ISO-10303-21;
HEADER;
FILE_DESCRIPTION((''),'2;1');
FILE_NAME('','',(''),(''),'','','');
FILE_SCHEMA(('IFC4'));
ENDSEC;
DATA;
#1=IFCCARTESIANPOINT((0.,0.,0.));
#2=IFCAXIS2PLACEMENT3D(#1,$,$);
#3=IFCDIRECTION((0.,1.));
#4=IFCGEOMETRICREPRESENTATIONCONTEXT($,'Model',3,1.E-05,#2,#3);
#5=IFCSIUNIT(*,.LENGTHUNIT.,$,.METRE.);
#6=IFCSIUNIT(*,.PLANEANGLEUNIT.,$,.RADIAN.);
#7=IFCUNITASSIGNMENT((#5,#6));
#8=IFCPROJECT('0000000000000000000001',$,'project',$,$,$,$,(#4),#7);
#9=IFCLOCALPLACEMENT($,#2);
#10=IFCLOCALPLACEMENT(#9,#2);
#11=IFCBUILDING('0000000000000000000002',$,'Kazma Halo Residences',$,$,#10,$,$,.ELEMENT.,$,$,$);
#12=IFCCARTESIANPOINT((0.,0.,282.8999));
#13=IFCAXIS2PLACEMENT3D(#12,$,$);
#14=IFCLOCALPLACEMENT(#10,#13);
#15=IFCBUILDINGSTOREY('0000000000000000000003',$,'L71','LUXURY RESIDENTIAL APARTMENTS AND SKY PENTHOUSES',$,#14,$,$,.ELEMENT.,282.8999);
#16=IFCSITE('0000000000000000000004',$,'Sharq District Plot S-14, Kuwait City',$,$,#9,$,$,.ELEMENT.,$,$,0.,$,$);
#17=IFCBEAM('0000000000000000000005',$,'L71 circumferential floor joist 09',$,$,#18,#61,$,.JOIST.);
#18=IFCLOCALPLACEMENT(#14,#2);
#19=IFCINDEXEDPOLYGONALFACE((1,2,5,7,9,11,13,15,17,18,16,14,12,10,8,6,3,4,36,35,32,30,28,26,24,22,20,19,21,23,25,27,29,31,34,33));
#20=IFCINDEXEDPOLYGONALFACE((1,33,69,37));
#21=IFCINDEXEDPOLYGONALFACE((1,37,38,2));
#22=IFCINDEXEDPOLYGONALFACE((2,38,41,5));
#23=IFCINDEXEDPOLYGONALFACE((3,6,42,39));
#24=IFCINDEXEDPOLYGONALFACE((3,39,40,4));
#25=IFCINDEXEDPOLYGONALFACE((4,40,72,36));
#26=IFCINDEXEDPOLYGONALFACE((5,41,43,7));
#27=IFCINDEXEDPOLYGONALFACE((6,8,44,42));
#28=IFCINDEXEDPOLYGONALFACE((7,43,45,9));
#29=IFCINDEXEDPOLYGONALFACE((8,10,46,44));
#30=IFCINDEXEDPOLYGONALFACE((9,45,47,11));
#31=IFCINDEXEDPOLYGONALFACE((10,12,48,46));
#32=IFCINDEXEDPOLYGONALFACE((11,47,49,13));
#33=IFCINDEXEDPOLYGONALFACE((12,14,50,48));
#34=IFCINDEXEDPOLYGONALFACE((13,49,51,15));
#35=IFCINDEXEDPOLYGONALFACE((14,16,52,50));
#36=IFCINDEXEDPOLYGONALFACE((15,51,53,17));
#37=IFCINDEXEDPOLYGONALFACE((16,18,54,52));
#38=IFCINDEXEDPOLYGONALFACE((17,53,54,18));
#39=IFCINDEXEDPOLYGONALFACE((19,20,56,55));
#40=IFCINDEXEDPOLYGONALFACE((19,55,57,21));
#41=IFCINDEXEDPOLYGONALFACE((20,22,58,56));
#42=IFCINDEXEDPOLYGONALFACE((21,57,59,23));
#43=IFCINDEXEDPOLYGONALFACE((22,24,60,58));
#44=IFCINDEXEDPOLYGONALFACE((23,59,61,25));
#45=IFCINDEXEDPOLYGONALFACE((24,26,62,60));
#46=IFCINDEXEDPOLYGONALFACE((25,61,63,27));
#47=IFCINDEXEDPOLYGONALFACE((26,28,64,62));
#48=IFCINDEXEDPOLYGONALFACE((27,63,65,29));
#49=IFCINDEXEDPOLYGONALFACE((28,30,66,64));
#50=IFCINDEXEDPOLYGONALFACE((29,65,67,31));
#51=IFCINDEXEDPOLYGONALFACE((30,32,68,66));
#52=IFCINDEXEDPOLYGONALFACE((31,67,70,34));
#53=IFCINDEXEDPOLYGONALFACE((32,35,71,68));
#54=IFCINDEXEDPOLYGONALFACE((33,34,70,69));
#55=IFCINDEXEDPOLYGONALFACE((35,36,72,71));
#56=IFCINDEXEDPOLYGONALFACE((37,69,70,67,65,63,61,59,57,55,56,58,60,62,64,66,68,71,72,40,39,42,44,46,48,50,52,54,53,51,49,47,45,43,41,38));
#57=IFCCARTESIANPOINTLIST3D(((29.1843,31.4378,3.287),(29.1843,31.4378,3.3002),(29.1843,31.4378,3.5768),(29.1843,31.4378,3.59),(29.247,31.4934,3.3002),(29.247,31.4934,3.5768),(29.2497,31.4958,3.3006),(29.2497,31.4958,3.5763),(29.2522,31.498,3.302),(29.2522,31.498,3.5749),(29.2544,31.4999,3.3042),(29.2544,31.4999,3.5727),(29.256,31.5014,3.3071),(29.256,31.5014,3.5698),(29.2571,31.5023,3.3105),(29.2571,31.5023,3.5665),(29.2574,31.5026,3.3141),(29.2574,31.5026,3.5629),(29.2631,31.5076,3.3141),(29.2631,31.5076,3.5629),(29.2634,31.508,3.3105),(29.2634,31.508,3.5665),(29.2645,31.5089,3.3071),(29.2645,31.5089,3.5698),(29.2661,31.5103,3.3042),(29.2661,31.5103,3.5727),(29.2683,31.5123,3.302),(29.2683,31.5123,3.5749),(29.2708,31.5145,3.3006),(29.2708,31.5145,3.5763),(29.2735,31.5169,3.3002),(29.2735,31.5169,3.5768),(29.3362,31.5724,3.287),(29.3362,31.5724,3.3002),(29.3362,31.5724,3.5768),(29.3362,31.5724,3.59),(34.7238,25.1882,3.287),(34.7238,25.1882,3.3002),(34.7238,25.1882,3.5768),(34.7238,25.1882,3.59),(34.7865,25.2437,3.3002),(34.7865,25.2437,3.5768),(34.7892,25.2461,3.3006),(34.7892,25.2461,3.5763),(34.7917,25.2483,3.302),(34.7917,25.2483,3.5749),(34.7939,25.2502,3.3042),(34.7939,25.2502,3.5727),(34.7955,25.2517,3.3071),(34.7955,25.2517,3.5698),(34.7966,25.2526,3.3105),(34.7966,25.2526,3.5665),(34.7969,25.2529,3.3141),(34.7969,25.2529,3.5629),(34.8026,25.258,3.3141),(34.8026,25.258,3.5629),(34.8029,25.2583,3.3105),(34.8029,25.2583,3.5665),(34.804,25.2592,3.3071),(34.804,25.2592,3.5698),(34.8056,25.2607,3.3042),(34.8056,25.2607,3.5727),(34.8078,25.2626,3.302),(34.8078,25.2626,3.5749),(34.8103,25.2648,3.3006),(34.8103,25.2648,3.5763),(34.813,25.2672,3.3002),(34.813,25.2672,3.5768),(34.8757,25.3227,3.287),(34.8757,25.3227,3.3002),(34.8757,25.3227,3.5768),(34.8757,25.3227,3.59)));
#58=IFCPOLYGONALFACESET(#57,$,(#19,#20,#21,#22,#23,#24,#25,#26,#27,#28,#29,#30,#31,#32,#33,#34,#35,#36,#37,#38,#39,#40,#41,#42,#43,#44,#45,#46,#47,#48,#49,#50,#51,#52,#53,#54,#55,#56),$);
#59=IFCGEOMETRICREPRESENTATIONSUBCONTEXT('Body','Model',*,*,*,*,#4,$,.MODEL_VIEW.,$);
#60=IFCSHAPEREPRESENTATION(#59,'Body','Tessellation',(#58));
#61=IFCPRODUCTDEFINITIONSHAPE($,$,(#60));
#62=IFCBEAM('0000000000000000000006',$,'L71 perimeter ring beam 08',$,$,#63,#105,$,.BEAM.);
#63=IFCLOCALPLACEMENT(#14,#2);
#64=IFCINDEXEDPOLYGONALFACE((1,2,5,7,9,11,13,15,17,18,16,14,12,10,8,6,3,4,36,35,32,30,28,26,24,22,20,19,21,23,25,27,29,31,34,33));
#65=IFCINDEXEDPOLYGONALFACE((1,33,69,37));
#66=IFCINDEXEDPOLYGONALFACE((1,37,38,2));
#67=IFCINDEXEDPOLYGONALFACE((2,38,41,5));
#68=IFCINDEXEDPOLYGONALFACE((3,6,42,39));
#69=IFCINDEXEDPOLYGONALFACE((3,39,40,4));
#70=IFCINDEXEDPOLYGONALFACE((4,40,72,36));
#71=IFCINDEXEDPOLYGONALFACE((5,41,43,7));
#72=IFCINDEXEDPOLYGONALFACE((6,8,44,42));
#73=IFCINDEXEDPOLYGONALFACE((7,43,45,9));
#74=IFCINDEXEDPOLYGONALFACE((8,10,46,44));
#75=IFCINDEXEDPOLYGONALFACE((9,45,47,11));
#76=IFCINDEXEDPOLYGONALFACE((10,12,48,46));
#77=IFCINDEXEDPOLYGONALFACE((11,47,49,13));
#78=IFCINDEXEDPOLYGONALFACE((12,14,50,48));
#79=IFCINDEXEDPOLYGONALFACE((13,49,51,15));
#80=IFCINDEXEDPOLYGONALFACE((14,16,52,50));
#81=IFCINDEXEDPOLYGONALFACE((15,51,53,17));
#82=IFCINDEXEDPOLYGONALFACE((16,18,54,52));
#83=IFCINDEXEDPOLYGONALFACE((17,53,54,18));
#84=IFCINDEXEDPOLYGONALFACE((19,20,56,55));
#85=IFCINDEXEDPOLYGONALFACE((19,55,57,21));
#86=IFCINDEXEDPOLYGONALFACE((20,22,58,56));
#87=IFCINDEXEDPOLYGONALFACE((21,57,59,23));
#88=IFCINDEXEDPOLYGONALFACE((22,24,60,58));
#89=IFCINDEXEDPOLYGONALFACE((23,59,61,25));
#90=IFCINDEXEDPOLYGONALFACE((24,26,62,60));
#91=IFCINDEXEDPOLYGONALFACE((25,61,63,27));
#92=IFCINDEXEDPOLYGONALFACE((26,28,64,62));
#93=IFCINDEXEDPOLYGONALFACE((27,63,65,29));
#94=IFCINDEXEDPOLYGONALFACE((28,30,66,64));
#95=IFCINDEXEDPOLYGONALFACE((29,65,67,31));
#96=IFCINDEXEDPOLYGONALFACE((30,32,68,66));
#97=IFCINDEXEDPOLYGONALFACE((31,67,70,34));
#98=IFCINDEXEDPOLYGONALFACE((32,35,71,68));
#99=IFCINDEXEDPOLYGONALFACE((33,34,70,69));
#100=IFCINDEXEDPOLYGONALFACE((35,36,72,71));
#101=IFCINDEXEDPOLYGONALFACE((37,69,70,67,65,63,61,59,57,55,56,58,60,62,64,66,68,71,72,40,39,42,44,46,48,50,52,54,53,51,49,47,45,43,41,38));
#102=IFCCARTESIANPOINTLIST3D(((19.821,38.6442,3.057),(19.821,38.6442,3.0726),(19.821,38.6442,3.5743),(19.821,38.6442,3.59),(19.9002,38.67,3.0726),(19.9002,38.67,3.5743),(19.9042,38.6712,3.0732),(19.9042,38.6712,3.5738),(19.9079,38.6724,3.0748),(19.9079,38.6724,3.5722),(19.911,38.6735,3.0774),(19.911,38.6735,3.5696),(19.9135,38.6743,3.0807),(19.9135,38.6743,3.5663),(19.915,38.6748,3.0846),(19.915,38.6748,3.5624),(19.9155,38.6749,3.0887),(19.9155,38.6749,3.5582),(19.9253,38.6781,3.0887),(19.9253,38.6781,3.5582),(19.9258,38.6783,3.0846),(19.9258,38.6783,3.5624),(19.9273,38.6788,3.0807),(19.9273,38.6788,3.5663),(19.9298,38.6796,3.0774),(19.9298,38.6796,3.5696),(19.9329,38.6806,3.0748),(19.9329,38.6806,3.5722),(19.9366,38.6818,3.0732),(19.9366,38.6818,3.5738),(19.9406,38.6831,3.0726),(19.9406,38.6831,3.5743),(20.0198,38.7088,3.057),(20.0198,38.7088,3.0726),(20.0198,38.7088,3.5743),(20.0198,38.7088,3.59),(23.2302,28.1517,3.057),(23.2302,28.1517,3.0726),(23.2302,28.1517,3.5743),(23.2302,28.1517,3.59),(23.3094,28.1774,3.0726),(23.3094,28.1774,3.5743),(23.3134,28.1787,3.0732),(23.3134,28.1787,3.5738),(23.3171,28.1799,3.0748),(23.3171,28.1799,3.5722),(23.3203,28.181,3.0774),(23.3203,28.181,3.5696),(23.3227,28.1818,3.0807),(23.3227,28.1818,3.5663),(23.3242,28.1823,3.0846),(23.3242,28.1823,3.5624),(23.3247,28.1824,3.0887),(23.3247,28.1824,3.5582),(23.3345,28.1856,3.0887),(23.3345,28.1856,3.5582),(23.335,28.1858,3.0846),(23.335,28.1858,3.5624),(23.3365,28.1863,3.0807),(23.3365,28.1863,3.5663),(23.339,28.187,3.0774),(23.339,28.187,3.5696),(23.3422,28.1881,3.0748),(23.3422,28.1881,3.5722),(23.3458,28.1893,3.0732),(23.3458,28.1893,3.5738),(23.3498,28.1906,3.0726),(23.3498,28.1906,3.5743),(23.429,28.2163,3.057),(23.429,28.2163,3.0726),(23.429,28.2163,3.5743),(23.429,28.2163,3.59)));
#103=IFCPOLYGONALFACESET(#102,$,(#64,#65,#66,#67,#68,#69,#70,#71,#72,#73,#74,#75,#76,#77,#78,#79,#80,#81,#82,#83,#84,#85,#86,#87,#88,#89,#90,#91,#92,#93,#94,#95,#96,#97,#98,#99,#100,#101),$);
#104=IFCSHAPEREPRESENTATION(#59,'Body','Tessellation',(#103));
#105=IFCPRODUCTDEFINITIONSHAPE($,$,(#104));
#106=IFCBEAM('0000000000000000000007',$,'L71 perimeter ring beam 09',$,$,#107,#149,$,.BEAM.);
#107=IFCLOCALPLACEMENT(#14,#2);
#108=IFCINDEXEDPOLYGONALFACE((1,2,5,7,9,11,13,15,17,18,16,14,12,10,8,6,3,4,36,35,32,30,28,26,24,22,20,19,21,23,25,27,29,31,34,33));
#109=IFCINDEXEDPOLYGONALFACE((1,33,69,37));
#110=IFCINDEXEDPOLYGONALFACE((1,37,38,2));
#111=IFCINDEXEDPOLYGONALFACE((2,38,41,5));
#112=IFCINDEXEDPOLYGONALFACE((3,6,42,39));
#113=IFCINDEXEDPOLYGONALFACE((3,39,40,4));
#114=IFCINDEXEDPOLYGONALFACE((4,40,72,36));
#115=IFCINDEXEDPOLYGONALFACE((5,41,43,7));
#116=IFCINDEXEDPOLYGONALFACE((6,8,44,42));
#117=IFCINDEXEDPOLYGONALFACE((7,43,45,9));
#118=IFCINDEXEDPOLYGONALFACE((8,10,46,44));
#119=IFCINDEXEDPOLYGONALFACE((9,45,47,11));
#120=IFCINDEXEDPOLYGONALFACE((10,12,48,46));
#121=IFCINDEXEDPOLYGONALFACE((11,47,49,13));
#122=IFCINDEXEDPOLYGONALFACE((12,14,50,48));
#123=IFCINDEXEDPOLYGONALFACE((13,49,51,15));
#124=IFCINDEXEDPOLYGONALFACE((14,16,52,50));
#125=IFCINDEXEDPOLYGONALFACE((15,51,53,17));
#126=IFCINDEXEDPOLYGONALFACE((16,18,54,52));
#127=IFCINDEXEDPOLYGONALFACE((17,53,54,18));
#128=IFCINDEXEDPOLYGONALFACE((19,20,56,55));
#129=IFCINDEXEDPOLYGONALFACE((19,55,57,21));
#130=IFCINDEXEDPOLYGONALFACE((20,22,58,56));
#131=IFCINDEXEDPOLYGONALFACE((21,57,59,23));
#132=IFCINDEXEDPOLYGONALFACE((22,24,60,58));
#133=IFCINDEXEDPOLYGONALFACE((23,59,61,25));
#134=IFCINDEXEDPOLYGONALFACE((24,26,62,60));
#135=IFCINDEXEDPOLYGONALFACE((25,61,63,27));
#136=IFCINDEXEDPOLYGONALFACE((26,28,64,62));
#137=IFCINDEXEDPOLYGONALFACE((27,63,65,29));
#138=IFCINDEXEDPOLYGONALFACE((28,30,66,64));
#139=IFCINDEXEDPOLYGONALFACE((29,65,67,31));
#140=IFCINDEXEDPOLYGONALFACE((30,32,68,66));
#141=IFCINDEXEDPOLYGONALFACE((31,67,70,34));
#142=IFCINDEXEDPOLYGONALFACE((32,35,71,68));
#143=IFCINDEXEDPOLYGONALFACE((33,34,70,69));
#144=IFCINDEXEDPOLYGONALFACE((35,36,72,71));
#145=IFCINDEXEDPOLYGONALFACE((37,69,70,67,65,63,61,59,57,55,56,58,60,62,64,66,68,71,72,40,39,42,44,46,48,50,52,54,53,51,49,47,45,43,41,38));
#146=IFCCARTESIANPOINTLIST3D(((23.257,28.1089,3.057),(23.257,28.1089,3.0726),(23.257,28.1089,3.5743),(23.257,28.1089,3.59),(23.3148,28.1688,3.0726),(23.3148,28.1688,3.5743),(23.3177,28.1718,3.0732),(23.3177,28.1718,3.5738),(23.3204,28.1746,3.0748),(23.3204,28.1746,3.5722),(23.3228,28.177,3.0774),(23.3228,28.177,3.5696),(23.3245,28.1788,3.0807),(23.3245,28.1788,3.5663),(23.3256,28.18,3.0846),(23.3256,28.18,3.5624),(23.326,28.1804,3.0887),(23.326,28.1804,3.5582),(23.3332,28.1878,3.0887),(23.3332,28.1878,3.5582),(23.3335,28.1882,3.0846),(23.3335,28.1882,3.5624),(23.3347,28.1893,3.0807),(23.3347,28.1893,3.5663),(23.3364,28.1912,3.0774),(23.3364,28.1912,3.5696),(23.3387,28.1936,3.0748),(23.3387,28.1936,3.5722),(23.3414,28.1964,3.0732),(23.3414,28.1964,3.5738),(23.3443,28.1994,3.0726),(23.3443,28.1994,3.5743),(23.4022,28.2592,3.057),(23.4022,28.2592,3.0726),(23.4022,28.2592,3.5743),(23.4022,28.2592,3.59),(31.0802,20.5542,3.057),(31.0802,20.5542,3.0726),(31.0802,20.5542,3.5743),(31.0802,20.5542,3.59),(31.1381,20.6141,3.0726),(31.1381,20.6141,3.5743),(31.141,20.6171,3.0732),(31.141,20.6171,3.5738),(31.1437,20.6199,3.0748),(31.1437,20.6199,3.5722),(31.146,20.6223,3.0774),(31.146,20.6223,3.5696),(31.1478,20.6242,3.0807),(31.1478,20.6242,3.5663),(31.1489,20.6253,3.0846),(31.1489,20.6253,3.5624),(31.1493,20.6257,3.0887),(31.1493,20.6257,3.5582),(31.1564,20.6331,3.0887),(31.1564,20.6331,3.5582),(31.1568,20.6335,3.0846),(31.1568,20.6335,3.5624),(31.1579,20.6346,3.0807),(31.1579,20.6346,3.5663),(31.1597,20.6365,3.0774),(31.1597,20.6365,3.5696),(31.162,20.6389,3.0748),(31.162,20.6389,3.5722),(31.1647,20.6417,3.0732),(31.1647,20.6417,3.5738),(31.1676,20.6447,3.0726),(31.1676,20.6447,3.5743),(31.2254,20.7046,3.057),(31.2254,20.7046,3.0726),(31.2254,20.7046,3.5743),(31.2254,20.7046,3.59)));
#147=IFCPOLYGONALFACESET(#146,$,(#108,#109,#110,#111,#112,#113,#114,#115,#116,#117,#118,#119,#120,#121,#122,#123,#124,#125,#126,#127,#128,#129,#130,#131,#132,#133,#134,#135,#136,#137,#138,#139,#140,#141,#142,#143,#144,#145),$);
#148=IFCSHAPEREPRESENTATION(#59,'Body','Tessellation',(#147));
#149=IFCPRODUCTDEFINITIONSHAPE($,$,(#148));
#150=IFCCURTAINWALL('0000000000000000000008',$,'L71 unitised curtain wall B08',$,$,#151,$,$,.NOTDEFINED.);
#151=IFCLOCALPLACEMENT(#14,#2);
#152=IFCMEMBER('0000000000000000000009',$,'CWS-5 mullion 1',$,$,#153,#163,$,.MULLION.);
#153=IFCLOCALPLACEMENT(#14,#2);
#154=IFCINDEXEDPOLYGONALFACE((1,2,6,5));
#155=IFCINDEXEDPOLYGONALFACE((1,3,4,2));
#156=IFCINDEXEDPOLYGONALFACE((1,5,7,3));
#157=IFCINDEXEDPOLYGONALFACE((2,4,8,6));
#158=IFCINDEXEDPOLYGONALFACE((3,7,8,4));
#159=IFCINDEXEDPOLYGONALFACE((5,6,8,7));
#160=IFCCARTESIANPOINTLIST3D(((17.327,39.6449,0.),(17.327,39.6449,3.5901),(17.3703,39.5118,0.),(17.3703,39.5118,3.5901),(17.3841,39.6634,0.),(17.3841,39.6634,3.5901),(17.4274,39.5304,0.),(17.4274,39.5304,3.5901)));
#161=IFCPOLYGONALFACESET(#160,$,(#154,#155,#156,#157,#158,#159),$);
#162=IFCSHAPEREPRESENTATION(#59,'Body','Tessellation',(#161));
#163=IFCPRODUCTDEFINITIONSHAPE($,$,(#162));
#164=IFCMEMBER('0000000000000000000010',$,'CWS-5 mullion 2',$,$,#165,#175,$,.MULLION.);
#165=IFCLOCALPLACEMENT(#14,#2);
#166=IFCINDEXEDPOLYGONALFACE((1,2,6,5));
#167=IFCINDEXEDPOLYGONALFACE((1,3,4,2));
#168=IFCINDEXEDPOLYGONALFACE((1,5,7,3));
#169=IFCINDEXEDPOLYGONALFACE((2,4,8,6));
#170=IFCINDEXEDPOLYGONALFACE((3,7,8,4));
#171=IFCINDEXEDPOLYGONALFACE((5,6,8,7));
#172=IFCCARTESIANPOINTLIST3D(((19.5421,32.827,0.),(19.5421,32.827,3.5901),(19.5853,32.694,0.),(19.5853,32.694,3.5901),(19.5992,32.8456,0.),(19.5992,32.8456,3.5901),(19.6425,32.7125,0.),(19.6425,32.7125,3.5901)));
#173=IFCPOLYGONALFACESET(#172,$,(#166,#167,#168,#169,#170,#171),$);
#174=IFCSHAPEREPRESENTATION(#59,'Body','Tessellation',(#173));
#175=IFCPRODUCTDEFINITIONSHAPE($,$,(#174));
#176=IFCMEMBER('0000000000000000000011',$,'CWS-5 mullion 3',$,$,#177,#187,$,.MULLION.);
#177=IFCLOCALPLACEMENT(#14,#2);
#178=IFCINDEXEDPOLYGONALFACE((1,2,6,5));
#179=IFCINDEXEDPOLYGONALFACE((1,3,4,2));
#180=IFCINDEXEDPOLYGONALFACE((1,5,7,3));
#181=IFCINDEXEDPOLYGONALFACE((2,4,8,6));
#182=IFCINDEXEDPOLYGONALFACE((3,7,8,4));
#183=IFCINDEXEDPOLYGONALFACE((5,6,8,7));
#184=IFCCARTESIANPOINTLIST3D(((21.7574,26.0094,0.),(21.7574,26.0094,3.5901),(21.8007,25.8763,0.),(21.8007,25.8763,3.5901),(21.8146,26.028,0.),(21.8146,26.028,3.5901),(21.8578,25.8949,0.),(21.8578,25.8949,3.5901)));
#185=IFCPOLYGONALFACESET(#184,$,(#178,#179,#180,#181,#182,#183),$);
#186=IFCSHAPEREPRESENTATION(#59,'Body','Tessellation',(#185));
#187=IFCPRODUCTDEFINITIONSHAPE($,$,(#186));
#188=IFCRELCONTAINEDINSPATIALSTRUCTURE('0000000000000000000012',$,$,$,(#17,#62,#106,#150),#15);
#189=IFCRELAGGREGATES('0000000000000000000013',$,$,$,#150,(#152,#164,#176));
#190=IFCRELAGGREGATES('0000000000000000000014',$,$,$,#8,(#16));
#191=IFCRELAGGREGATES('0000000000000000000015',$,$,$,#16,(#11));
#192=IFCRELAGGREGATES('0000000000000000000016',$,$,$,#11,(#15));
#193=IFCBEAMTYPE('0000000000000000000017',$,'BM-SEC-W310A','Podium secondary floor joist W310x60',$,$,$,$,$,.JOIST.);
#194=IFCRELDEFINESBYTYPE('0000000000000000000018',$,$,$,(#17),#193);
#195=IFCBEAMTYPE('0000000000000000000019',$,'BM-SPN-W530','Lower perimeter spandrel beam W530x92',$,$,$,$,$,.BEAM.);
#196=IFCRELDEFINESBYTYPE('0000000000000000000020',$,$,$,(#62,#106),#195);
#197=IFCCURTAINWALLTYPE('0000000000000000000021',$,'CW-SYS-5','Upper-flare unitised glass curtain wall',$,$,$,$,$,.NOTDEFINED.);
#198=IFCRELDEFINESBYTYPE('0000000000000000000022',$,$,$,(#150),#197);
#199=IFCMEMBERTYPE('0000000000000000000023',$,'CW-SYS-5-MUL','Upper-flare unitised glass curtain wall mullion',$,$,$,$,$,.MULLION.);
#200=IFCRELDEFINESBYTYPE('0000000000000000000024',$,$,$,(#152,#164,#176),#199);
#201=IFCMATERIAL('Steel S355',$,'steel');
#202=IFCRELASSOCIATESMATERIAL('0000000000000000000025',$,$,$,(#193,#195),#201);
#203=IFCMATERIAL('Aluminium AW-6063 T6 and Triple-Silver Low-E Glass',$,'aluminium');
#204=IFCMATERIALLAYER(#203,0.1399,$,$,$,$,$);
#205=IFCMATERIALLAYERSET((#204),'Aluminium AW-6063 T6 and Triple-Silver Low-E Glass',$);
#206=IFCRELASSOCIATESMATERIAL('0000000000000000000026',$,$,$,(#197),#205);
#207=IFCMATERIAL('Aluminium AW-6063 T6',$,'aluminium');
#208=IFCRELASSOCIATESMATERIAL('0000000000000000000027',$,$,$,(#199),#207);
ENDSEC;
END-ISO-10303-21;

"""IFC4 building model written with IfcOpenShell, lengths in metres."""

from ifc_helpers import new_model, si_unit, direction, frame, origin, origin_2d, place, context, subcontext, project, spatial, rectangle, i_section, extrude, material, layer, layer_set, material_profile, profile_set, type_object, element, aggregate, save


model = new_model("IFC4")

# Units and contexts
model_context = context("Model", 3, precision=1e-05, world=origin(), true_north=direction((0.0, 1.0)))
body_context = subcontext(model_context, "Body", "Model", "MODEL_VIEW")
ifc_project = project(units=[si_unit("LENGTHUNIT", "METRE"), si_unit("PLANEANGLEUNIT", "RADIAN")], contexts=[model_context])

# Site, building, storey
site_placement = place(None, origin())
site = spatial("IfcSite", under=ifc_project, at=site_placement, Name="Sharq District Plot S-14, Kuwait City", CompositionType="ELEMENT", RefElevation=0.0)
building_placement = place(site_placement, origin())
building = spatial("IfcBuilding", under=site, at=building_placement, Name="Kazma Halo Residences", CompositionType="ELEMENT")
storey_placement = place(building_placement, frame((0.0, 0.0, 282.8999)))
storey = spatial("IfcBuildingStorey", under=building, at=storey_placement, Name="L71", Description="LUXURY RESIDENTIAL APARTMENTS AND SKY PENTHOUSES", CompositionType="ELEMENT", Elevation=282.8999)

# Beams
ifc_material_1 = material(Name="Steel S355", Category="steel")
ifc_material_profile_1 = material_profile(ifc_material_1, i_section(OverallWidth=0.2029, OverallDepth=0.303, WebThickness=0.0076, FlangeThickness=0.0132, FilletRadius=0.0139, at=origin_2d()), Name="W310x60")
ifc_profile_set_1 = profile_set([ifc_material_profile_1], Name="Steel S355")
beam_type_1 = type_object("IfcBeamType", Name="BM-SEC-W310A", Description="Podium secondary floor joist W310x60", PredefinedType="JOIST", material=ifc_profile_set_1)
beam_1_placement = place(storey_placement, frame((29.2603, 31.5051, 3.4385), z_axis=(0.663307, -0.748347, 0.0), x_axis=(0.748347, 0.663307, 0.0)))
element("IfcBeam", 1, at=beam_1_placement, inside=storey, type_object=beam_type_1, Name="L71 circumferential floor joist 09", PredefinedType="JOIST", context=body_context, shape_type="SweptSolid", body=[
    extrude(i_section(OverallWidth=0.2029, OverallDepth=0.303, WebThickness=0.0076, FlangeThickness=0.0132, FilletRadius=0.0139, at=origin_2d()), origin(), (0.0, 0.0, 1.0), 8.3513),
])
ifc_material_profile_2 = material_profile(ifc_material_1, i_section(OverallWidth=0.209, OverallDepth=0.533, WebThickness=0.0103, FlangeThickness=0.0156, FilletRadius=0.0161, at=origin_2d()), Name="W530x92")
ifc_profile_set_2 = profile_set([ifc_material_profile_2], Name="Steel S355")
beam_type_2 = type_object("IfcBeamType", Name="BM-SPN-W530", Description="Lower perimeter spandrel beam W530x92", PredefinedType="BEAM", material=ifc_profile_set_2)
beam_2_placement = place(storey_placement, frame((19.9204, 38.6765, 3.3235), z_axis=(0.309016, -0.951057, 0.0), x_axis=(0.951057, 0.309016, 0.0)))
element("IfcBeam", 2, at=beam_2_placement, inside=storey, type_object=beam_type_2, Name="L71 perimeter ring beam 08", PredefinedType="BEAM", context=body_context, shape_type="SweptSolid", body=[
    extrude(i_section(OverallWidth=0.209, OverallDepth=0.533, WebThickness=0.0103, FlangeThickness=0.0156, FilletRadius=0.0161, at=origin_2d()), origin(), (0.0, 0.0, 1.0), 11.0325),
])
beam_3_placement = place(storey_placement, frame((23.3296, 28.1841, 3.3235), z_axis=(0.719346, -0.694652, 0.0), x_axis=(0.694652, 0.719346, 0.0)))
element("IfcBeam", 3, at=beam_3_placement, inside=storey, type_object=beam_type_2, Name="L71 perimeter ring beam 09", PredefinedType="BEAM", context=body_context, shape_type="SweptSolid", body=[
    extrude(i_section(OverallWidth=0.209, OverallDepth=0.533, WebThickness=0.0103, FlangeThickness=0.0156, FilletRadius=0.0161, at=origin_2d()), origin(), (0.0, 0.0, 1.0), 10.8755),
])

# Curtain wall, members
ifc_material_2 = material(Name="Aluminium AW-6063 T6 and Triple-Silver Low-E Glass", Category="aluminium")
ifc_layer_1 = layer(ifc_material_2, 0.1399)
ifc_layer_set_1 = layer_set([ifc_layer_1], Name="Aluminium AW-6063 T6 and Triple-Silver Low-E Glass")
curtain_wall_type = type_object("IfcCurtainWallType", Name="CW-SYS-5", Description="Upper-flare unitised glass curtain wall", PredefinedType="NOTDEFINED", material=ifc_layer_set_1)
curtain_wall_1_placement = place(storey_placement, origin())
curtain_wall_1 = element("IfcCurtainWall", 4, at=curtain_wall_1_placement, inside=storey, type_object=curtain_wall_type, Name="L71 unitised curtain wall B08", PredefinedType="NOTDEFINED")
ifc_material_3 = material(Name="Aluminium AW-6063 T6", Category="aluminium")
ifc_material_profile_3 = material_profile(ifc_material_3, rectangle(XDim=0.0601, YDim=0.1399, at=origin_2d()), Name="CWM-60x140")
ifc_profile_set_3 = profile_set([ifc_material_profile_3], Name="Aluminium AW-6063 T6")
member_type_1 = type_object("IfcMemberType", Name="CW-SYS-5-MUL", Description="Upper-flare unitised glass curtain wall mullion", PredefinedType="MULLION", material=ifc_profile_set_3)
member_1_placement = place(storey_placement, frame((17.3772, 39.5876, 0.0), z_axis=(0.0, 0.0, 1.0), x_axis=(0.951058, 0.309011, 0.0)))
member_1 = element("IfcMember", 5, at=member_1_placement, type_object=member_type_1, Name="CWS-5 mullion 1", PredefinedType="MULLION", context=body_context, shape_type="SweptSolid", body=[
    extrude(rectangle(XDim=0.0601, YDim=0.1399, at=origin_2d()), origin(), (0.0, 0.0, 1.0), 3.5901),
])
member_2_placement = place(storey_placement, frame((19.5923, 32.7698, 0.0), z_axis=(0.0, 0.0, 1.0), x_axis=(0.951058, 0.309011, 0.0)))
member_2 = element("IfcMember", 6, at=member_2_placement, type_object=member_type_1, Name="CWS-5 mullion 2", PredefinedType="MULLION", context=body_context, shape_type="SweptSolid", body=[
    extrude(rectangle(XDim=0.0601, YDim=0.1399, at=origin_2d()), origin(), (0.0, 0.0, 1.0), 3.5901),
])
member_3_placement = place(storey_placement, frame((21.8076, 25.9521, 0.0), z_axis=(0.0, 0.0, 1.0), x_axis=(0.951058, 0.309011, 0.0)))
member_3 = element("IfcMember", 7, at=member_3_placement, type_object=member_type_1, Name="CWS-5 mullion 3", PredefinedType="MULLION", context=body_context, shape_type="SweptSolid", body=[
    extrude(rectangle(XDim=0.0601, YDim=0.1399, at=origin_2d()), origin(), (0.0, 0.0, 1.0), 3.5901),
])

aggregate(curtain_wall_1, [member_1, member_2, member_3])

save(model, "model.ifc")
